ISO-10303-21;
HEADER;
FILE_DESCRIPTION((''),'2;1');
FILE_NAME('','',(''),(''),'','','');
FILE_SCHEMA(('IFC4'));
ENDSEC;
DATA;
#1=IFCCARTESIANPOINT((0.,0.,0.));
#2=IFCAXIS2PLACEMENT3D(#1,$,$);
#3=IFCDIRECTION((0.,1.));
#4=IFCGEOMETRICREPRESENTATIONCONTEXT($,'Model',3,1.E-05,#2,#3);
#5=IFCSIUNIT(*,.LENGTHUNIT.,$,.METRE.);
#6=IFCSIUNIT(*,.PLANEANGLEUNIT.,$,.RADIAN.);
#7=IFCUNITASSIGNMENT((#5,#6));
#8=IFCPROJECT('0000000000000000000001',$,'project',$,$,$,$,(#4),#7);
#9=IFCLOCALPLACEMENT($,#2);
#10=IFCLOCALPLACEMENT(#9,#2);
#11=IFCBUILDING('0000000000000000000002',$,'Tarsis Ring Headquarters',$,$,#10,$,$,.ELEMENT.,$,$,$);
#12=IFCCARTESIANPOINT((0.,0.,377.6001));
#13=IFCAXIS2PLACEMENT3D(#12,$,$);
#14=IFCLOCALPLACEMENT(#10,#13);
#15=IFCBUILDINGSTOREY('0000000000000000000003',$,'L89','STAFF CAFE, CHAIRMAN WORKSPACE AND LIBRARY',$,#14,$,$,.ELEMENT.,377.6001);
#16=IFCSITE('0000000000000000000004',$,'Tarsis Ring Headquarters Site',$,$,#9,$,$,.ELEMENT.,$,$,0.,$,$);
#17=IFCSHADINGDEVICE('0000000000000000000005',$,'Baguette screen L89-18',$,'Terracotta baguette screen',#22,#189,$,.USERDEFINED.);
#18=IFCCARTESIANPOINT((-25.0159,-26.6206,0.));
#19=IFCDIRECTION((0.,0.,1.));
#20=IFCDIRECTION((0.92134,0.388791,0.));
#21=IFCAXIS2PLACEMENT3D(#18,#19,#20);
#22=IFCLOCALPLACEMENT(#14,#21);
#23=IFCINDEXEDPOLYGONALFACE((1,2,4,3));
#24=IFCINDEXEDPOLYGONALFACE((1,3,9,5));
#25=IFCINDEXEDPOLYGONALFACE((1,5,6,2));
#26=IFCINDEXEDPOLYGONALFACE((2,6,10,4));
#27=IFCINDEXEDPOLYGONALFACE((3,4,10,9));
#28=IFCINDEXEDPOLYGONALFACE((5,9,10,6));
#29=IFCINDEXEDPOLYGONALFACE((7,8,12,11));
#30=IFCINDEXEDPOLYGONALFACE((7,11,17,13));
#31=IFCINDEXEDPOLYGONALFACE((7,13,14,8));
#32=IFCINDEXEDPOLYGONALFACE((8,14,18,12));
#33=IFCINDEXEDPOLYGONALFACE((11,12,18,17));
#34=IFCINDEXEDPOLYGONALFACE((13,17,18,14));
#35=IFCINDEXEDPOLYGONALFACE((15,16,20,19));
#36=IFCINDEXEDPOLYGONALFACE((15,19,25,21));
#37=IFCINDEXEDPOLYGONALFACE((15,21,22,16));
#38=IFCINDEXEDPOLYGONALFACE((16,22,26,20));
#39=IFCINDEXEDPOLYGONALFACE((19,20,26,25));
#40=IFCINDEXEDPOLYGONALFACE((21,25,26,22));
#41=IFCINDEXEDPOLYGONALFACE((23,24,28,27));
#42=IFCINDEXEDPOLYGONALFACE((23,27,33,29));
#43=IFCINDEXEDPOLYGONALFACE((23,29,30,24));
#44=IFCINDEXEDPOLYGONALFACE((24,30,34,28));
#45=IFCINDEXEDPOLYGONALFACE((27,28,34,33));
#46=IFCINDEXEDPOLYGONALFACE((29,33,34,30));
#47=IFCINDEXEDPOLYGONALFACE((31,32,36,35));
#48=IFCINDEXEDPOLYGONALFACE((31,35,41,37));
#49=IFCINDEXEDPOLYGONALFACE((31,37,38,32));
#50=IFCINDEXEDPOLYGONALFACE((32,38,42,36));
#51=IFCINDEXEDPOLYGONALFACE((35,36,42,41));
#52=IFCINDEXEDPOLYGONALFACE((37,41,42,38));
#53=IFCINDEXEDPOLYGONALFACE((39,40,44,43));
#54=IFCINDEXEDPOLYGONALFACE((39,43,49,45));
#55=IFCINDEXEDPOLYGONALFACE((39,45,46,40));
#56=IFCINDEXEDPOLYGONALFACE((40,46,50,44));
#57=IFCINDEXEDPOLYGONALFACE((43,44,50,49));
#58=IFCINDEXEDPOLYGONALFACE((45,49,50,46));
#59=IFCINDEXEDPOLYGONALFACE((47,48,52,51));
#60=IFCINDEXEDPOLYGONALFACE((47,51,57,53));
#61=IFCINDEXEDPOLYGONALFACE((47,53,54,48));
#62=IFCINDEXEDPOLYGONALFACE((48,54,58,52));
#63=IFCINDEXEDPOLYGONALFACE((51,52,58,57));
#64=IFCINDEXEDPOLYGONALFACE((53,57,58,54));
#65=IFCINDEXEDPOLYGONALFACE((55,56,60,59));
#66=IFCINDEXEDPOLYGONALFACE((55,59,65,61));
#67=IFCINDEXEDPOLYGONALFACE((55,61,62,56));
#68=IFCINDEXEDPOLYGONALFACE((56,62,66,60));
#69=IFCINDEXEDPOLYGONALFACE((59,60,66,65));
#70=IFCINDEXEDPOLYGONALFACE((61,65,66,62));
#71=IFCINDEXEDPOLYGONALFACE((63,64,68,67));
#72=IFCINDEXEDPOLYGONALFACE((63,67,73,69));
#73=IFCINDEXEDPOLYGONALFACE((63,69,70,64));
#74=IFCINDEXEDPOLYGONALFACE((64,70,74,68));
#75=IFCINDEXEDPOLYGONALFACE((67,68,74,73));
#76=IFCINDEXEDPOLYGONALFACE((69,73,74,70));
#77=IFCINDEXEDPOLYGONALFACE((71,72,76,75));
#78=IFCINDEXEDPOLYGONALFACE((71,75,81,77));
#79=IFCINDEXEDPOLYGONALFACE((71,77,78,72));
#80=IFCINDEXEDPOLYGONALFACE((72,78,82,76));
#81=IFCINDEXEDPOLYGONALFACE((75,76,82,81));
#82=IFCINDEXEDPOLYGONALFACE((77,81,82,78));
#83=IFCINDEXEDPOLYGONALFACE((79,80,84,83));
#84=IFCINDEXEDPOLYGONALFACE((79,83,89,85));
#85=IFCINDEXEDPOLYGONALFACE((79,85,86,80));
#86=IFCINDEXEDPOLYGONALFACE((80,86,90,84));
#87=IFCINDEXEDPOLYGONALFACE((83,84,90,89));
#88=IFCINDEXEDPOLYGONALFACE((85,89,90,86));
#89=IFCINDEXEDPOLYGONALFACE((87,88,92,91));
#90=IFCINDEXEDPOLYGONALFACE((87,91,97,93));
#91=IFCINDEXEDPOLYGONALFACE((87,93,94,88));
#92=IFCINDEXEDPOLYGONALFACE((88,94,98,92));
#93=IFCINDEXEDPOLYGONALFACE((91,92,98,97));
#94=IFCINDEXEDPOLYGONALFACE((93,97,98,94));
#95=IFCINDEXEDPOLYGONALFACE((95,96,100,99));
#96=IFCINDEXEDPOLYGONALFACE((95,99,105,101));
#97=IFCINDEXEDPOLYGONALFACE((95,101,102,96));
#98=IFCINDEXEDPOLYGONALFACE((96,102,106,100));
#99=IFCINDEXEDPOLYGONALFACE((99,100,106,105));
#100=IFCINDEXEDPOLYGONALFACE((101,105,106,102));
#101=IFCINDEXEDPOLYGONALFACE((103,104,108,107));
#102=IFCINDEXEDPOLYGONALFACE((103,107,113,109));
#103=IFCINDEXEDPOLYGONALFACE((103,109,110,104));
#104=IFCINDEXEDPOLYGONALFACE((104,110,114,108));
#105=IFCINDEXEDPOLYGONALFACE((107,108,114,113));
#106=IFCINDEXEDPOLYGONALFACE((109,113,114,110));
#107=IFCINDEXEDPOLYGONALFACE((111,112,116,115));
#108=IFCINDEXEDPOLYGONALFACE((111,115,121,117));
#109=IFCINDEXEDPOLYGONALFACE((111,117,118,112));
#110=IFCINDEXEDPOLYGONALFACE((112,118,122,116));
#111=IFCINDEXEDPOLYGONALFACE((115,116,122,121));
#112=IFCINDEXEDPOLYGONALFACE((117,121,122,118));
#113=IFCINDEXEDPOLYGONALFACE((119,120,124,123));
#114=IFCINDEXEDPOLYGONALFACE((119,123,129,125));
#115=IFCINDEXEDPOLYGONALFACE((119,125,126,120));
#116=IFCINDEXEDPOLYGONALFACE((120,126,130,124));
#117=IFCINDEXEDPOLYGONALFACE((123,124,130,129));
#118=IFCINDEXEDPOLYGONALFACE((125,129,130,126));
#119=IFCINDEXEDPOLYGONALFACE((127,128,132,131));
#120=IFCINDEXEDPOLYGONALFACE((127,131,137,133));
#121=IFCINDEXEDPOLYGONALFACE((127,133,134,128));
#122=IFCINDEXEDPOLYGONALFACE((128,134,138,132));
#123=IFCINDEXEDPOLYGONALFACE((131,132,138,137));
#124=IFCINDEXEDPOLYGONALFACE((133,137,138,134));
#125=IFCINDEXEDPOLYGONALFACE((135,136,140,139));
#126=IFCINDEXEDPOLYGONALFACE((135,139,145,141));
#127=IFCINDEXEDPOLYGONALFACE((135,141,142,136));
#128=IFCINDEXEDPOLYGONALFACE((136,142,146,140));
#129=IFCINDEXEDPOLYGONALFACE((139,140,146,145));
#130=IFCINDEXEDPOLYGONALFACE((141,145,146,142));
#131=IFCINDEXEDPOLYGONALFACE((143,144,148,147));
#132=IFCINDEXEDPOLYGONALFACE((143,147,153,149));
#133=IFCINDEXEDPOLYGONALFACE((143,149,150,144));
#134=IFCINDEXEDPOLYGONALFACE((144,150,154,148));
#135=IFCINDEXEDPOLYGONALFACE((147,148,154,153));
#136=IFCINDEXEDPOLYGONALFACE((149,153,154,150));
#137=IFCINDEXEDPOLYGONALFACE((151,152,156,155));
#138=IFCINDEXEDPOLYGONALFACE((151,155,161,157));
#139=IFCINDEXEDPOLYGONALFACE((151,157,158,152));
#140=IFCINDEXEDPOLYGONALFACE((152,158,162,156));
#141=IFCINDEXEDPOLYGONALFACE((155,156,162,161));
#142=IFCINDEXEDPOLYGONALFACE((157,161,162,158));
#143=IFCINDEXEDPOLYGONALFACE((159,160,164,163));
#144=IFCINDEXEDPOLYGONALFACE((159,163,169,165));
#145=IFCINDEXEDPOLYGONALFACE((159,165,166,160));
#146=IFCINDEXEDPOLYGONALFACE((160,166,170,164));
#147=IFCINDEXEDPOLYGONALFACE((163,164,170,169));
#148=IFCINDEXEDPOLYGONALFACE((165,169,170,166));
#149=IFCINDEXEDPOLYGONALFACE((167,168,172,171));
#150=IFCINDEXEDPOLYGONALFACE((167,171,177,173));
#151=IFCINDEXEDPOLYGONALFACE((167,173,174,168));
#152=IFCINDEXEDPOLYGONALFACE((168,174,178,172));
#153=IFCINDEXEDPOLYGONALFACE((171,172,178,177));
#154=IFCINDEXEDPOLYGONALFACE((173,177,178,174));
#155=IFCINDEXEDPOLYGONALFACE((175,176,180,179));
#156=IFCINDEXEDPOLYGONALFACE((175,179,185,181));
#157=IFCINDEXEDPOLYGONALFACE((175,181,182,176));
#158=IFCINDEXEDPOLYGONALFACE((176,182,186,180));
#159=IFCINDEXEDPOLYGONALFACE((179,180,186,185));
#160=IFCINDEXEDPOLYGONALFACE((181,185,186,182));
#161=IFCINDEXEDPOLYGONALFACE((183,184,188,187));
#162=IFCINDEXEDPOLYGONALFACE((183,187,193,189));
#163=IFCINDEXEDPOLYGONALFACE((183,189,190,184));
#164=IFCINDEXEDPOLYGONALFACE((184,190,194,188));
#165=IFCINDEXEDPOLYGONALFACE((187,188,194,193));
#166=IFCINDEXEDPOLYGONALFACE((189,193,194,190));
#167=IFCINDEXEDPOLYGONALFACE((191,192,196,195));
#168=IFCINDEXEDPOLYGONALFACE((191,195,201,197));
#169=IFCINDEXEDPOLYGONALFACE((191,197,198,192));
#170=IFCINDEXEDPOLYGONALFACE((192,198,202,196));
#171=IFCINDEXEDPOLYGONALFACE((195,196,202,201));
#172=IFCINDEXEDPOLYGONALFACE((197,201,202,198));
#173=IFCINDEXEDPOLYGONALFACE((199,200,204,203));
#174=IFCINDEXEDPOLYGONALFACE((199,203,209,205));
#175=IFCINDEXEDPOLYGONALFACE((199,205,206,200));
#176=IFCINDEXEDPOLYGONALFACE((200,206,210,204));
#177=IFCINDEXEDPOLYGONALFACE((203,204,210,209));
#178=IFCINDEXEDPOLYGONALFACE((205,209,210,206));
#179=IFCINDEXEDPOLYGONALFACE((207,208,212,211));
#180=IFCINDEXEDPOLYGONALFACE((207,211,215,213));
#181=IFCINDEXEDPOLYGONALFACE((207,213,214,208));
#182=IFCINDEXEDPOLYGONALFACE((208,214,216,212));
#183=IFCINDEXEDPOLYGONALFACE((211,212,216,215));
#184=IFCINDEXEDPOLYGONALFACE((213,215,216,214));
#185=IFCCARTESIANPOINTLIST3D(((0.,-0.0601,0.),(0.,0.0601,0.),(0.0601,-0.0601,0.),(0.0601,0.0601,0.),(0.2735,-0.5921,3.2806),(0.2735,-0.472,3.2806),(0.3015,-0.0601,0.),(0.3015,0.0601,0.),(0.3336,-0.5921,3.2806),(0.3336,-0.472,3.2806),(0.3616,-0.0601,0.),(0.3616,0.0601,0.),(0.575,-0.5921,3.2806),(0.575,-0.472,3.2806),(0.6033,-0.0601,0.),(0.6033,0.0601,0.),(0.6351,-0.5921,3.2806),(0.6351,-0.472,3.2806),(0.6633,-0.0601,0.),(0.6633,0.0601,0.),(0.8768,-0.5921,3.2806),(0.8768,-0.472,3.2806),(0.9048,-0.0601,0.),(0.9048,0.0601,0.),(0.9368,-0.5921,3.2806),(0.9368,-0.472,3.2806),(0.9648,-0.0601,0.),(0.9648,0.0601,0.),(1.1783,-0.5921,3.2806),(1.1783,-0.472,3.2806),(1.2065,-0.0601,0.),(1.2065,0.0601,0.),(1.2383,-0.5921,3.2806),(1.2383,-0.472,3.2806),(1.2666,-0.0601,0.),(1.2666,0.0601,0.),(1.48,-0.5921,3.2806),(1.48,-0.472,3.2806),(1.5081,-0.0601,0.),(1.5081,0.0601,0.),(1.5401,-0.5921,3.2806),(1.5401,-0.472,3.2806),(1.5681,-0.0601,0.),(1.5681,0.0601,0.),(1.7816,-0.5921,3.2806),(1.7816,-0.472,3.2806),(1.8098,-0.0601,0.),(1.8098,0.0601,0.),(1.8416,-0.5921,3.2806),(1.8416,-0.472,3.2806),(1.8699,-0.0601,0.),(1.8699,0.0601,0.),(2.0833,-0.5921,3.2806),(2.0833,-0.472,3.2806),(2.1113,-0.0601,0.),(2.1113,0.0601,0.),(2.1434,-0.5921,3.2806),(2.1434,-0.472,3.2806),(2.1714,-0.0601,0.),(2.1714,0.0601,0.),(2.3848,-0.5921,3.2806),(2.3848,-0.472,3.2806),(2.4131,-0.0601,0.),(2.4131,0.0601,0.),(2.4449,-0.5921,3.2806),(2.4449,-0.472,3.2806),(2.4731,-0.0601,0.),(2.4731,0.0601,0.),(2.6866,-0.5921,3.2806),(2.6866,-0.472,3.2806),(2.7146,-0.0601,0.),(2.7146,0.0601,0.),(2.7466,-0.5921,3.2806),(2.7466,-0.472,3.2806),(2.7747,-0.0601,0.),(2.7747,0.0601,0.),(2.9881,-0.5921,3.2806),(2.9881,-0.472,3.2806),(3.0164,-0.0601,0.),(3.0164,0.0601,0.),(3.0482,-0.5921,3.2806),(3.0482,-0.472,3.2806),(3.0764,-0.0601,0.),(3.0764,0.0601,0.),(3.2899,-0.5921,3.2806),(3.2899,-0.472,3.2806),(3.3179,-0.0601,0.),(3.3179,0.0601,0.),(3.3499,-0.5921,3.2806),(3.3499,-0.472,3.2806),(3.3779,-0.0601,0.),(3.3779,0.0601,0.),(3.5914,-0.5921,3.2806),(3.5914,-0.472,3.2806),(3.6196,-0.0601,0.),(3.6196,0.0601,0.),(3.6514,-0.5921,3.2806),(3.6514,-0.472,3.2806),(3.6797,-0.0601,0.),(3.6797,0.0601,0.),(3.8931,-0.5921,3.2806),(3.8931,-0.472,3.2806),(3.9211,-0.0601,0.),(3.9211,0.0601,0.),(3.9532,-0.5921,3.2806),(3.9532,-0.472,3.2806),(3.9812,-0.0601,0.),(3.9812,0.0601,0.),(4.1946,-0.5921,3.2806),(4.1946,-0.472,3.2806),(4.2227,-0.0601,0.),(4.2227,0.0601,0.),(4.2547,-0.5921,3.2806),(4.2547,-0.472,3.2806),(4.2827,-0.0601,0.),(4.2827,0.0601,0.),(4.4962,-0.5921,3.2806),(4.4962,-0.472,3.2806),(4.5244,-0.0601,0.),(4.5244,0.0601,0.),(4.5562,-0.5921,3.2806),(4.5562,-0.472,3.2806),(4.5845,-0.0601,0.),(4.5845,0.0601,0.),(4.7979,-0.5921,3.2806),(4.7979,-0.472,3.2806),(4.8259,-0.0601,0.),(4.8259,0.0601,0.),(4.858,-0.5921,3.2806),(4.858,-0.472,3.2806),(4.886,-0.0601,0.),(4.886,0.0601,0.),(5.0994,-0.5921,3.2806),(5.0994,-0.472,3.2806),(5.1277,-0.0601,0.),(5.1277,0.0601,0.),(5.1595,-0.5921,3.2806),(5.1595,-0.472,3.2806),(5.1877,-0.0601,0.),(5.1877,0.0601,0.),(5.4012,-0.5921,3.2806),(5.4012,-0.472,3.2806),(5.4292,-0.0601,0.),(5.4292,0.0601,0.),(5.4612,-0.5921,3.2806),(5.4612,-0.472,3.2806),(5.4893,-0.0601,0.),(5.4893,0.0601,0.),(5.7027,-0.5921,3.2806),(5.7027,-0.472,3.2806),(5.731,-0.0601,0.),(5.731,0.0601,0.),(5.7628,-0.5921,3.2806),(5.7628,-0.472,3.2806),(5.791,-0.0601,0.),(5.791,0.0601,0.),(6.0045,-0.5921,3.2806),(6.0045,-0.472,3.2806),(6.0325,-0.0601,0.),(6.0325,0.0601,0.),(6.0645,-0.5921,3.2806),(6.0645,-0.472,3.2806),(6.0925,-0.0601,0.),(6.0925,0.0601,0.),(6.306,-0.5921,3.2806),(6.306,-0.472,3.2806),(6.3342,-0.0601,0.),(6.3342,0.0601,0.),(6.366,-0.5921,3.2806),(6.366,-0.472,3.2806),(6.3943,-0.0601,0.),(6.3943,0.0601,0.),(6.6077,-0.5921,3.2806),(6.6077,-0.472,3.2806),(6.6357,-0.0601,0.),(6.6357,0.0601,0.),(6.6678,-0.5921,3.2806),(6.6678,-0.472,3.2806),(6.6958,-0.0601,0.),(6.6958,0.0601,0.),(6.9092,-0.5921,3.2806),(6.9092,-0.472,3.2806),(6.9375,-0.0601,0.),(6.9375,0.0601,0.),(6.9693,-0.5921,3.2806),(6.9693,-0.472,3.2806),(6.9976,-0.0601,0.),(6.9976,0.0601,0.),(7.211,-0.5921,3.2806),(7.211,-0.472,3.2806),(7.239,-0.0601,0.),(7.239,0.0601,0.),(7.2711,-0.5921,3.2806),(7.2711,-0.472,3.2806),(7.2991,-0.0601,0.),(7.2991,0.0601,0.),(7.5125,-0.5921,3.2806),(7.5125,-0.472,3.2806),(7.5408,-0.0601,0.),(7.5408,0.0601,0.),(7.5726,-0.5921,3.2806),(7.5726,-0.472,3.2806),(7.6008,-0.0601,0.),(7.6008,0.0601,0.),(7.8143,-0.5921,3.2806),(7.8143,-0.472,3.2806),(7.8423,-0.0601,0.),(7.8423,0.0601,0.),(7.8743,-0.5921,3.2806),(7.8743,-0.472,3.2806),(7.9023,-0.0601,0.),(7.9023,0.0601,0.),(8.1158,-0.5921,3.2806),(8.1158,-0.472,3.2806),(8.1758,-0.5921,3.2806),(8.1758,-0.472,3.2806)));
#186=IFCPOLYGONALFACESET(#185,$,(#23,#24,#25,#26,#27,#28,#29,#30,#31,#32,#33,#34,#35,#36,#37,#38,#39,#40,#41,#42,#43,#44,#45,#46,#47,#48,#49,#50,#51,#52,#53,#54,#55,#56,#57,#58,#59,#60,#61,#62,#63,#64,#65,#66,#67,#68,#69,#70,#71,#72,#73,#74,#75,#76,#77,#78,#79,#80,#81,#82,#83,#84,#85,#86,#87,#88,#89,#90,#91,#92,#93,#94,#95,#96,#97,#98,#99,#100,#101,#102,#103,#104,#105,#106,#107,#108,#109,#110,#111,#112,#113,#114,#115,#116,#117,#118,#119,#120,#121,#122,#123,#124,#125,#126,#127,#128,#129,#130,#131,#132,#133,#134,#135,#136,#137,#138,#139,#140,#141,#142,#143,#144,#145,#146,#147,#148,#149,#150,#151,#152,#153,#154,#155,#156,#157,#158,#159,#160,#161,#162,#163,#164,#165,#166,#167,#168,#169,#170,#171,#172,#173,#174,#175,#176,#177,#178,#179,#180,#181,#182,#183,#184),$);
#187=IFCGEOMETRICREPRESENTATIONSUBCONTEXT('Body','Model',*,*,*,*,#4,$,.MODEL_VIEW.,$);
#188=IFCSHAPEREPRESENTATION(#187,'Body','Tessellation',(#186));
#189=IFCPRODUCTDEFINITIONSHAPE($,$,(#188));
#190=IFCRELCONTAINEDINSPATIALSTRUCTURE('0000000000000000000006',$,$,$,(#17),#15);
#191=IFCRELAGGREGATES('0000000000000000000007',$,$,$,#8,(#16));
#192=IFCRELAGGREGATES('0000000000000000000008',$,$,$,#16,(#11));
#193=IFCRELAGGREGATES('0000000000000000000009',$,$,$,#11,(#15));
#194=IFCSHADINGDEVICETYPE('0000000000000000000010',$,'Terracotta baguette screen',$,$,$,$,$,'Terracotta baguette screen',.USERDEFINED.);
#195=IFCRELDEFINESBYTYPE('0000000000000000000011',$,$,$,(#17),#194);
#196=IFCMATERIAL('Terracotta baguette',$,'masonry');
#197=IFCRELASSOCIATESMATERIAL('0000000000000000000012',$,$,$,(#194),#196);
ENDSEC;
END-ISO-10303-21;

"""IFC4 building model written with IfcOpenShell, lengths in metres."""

from ifc_helpers import new_model, si_unit, direction, frame, frame_2d, origin, place, context, subcontext, project, spatial, rectangle, composite_profile, extrude, material, type_object, element, save


model = new_model("IFC4")

# Units and contexts
model_context = context("Model", 3, precision=1e-05, world=origin(), true_north=direction((0.0, 1.0)))
body_context = subcontext(model_context, "Body", "Model", "MODEL_VIEW")
ifc_project = project(units=[si_unit("LENGTHUNIT", "METRE"), si_unit("PLANEANGLEUNIT", "RADIAN")], contexts=[model_context])

# Site, building, storey
site_placement = place(None, origin())
site = spatial("IfcSite", under=ifc_project, at=site_placement, Name="Tarsis Ring Headquarters Site", CompositionType="ELEMENT", RefElevation=0.0)
building_placement = place(site_placement, origin())
building = spatial("IfcBuilding", under=site, at=building_placement, Name="Tarsis Ring Headquarters", CompositionType="ELEMENT")
storey_placement = place(building_placement, frame((0.0, 0.0, 377.6001)))
storey = spatial("IfcBuildingStorey", under=building, at=storey_placement, Name="L89", Description="STAFF CAFE, CHAIRMAN WORKSPACE AND LIBRARY", CompositionType="ELEMENT", Elevation=377.6001)

# Shading device
ifc_material_1 = material(Name="Terracotta baguette", Category="masonry")
shading_device_type_1 = type_object("IfcShadingDeviceType", Name="Terracotta baguette screen", ElementType="Terracotta baguette screen", PredefinedType="USERDEFINED", material=ifc_material_1)
shading_device_1_placement = place(storey_placement, frame((-25.0159, -26.6206, 0.0), z_axis=(0.0, 0.0, 1.0), x_axis=(0.92134, 0.388791, 0.0)))
element("IfcShadingDevice", 1, at=shading_device_1_placement, inside=storey, type_object=shading_device_type_1, Name="Baguette screen L89-18", ObjectType="Terracotta baguette screen", PredefinedType="USERDEFINED", context=body_context, shape_type="SweptSolid", body=[
    extrude(composite_profile([rectangle(XDim=0.0601, YDim=0.1201, at=frame_2d((0.03, 0.0))), rectangle(XDim=0.0601, YDim=0.1201, at=frame_2d((0.3315, 0.0))), rectangle(XDim=0.0601, YDim=0.1201, at=frame_2d((0.6333, 0.0))), rectangle(XDim=0.0601, YDim=0.1201, at=frame_2d((0.9348, 0.0))), rectangle(XDim=0.0601, YDim=0.1201, at=frame_2d((1.2366, 0.0))), rectangle(XDim=0.0601, YDim=0.1201, at=frame_2d((1.5381, 0.0))), rectangle(XDim=0.0601, YDim=0.1201, at=frame_2d((1.8398, 0.0))), rectangle(XDim=0.0601, YDim=0.1201, at=frame_2d((2.1414, 0.0))), rectangle(XDim=0.0601, YDim=0.1201, at=frame_2d((2.4431, 0.0))), rectangle(XDim=0.0601, YDim=0.1201, at=frame_2d((2.7446, 0.0))), rectangle(XDim=0.0601, YDim=0.1201, at=frame_2d((3.0464, 0.0))), rectangle(XDim=0.0601, YDim=0.1201, at=frame_2d((3.3479, 0.0))), rectangle(XDim=0.0601, YDim=0.1201, at=frame_2d((3.6497, 0.0))), rectangle(XDim=0.0601, YDim=0.1201, at=frame_2d((3.9512, 0.0))), rectangle(XDim=0.0601, YDim=0.1201, at=frame_2d((4.2527, 0.0))), rectangle(XDim=0.0601, YDim=0.1201, at=frame_2d((4.5544, 0.0))), rectangle(XDim=0.0601, YDim=0.1201, at=frame_2d((4.856, 0.0))), rectangle(XDim=0.0601, YDim=0.1201, at=frame_2d((5.1577, 0.0))), rectangle(XDim=0.0601, YDim=0.1201, at=frame_2d((5.4592, 0.0))), rectangle(XDim=0.0601, YDim=0.1201, at=frame_2d((5.761, 0.0))), rectangle(XDim=0.0601, YDim=0.1201, at=frame_2d((6.0625, 0.0))), rectangle(XDim=0.0601, YDim=0.1201, at=frame_2d((6.3643, 0.0))), rectangle(XDim=0.0601, YDim=0.1201, at=frame_2d((6.6658, 0.0))), rectangle(XDim=0.0601, YDim=0.1201, at=frame_2d((6.9675, 0.0))), rectangle(XDim=0.0601, YDim=0.1201, at=frame_2d((7.269, 0.0))), rectangle(XDim=0.0601, YDim=0.1201, at=frame_2d((7.5708, 0.0))), rectangle(XDim=0.0601, YDim=0.1201, at=frame_2d((7.8723, 0.0)))]), origin(), (0.082016, -0.159549, 0.983777), 3.3347),
])

save(model, "model.ifc")
